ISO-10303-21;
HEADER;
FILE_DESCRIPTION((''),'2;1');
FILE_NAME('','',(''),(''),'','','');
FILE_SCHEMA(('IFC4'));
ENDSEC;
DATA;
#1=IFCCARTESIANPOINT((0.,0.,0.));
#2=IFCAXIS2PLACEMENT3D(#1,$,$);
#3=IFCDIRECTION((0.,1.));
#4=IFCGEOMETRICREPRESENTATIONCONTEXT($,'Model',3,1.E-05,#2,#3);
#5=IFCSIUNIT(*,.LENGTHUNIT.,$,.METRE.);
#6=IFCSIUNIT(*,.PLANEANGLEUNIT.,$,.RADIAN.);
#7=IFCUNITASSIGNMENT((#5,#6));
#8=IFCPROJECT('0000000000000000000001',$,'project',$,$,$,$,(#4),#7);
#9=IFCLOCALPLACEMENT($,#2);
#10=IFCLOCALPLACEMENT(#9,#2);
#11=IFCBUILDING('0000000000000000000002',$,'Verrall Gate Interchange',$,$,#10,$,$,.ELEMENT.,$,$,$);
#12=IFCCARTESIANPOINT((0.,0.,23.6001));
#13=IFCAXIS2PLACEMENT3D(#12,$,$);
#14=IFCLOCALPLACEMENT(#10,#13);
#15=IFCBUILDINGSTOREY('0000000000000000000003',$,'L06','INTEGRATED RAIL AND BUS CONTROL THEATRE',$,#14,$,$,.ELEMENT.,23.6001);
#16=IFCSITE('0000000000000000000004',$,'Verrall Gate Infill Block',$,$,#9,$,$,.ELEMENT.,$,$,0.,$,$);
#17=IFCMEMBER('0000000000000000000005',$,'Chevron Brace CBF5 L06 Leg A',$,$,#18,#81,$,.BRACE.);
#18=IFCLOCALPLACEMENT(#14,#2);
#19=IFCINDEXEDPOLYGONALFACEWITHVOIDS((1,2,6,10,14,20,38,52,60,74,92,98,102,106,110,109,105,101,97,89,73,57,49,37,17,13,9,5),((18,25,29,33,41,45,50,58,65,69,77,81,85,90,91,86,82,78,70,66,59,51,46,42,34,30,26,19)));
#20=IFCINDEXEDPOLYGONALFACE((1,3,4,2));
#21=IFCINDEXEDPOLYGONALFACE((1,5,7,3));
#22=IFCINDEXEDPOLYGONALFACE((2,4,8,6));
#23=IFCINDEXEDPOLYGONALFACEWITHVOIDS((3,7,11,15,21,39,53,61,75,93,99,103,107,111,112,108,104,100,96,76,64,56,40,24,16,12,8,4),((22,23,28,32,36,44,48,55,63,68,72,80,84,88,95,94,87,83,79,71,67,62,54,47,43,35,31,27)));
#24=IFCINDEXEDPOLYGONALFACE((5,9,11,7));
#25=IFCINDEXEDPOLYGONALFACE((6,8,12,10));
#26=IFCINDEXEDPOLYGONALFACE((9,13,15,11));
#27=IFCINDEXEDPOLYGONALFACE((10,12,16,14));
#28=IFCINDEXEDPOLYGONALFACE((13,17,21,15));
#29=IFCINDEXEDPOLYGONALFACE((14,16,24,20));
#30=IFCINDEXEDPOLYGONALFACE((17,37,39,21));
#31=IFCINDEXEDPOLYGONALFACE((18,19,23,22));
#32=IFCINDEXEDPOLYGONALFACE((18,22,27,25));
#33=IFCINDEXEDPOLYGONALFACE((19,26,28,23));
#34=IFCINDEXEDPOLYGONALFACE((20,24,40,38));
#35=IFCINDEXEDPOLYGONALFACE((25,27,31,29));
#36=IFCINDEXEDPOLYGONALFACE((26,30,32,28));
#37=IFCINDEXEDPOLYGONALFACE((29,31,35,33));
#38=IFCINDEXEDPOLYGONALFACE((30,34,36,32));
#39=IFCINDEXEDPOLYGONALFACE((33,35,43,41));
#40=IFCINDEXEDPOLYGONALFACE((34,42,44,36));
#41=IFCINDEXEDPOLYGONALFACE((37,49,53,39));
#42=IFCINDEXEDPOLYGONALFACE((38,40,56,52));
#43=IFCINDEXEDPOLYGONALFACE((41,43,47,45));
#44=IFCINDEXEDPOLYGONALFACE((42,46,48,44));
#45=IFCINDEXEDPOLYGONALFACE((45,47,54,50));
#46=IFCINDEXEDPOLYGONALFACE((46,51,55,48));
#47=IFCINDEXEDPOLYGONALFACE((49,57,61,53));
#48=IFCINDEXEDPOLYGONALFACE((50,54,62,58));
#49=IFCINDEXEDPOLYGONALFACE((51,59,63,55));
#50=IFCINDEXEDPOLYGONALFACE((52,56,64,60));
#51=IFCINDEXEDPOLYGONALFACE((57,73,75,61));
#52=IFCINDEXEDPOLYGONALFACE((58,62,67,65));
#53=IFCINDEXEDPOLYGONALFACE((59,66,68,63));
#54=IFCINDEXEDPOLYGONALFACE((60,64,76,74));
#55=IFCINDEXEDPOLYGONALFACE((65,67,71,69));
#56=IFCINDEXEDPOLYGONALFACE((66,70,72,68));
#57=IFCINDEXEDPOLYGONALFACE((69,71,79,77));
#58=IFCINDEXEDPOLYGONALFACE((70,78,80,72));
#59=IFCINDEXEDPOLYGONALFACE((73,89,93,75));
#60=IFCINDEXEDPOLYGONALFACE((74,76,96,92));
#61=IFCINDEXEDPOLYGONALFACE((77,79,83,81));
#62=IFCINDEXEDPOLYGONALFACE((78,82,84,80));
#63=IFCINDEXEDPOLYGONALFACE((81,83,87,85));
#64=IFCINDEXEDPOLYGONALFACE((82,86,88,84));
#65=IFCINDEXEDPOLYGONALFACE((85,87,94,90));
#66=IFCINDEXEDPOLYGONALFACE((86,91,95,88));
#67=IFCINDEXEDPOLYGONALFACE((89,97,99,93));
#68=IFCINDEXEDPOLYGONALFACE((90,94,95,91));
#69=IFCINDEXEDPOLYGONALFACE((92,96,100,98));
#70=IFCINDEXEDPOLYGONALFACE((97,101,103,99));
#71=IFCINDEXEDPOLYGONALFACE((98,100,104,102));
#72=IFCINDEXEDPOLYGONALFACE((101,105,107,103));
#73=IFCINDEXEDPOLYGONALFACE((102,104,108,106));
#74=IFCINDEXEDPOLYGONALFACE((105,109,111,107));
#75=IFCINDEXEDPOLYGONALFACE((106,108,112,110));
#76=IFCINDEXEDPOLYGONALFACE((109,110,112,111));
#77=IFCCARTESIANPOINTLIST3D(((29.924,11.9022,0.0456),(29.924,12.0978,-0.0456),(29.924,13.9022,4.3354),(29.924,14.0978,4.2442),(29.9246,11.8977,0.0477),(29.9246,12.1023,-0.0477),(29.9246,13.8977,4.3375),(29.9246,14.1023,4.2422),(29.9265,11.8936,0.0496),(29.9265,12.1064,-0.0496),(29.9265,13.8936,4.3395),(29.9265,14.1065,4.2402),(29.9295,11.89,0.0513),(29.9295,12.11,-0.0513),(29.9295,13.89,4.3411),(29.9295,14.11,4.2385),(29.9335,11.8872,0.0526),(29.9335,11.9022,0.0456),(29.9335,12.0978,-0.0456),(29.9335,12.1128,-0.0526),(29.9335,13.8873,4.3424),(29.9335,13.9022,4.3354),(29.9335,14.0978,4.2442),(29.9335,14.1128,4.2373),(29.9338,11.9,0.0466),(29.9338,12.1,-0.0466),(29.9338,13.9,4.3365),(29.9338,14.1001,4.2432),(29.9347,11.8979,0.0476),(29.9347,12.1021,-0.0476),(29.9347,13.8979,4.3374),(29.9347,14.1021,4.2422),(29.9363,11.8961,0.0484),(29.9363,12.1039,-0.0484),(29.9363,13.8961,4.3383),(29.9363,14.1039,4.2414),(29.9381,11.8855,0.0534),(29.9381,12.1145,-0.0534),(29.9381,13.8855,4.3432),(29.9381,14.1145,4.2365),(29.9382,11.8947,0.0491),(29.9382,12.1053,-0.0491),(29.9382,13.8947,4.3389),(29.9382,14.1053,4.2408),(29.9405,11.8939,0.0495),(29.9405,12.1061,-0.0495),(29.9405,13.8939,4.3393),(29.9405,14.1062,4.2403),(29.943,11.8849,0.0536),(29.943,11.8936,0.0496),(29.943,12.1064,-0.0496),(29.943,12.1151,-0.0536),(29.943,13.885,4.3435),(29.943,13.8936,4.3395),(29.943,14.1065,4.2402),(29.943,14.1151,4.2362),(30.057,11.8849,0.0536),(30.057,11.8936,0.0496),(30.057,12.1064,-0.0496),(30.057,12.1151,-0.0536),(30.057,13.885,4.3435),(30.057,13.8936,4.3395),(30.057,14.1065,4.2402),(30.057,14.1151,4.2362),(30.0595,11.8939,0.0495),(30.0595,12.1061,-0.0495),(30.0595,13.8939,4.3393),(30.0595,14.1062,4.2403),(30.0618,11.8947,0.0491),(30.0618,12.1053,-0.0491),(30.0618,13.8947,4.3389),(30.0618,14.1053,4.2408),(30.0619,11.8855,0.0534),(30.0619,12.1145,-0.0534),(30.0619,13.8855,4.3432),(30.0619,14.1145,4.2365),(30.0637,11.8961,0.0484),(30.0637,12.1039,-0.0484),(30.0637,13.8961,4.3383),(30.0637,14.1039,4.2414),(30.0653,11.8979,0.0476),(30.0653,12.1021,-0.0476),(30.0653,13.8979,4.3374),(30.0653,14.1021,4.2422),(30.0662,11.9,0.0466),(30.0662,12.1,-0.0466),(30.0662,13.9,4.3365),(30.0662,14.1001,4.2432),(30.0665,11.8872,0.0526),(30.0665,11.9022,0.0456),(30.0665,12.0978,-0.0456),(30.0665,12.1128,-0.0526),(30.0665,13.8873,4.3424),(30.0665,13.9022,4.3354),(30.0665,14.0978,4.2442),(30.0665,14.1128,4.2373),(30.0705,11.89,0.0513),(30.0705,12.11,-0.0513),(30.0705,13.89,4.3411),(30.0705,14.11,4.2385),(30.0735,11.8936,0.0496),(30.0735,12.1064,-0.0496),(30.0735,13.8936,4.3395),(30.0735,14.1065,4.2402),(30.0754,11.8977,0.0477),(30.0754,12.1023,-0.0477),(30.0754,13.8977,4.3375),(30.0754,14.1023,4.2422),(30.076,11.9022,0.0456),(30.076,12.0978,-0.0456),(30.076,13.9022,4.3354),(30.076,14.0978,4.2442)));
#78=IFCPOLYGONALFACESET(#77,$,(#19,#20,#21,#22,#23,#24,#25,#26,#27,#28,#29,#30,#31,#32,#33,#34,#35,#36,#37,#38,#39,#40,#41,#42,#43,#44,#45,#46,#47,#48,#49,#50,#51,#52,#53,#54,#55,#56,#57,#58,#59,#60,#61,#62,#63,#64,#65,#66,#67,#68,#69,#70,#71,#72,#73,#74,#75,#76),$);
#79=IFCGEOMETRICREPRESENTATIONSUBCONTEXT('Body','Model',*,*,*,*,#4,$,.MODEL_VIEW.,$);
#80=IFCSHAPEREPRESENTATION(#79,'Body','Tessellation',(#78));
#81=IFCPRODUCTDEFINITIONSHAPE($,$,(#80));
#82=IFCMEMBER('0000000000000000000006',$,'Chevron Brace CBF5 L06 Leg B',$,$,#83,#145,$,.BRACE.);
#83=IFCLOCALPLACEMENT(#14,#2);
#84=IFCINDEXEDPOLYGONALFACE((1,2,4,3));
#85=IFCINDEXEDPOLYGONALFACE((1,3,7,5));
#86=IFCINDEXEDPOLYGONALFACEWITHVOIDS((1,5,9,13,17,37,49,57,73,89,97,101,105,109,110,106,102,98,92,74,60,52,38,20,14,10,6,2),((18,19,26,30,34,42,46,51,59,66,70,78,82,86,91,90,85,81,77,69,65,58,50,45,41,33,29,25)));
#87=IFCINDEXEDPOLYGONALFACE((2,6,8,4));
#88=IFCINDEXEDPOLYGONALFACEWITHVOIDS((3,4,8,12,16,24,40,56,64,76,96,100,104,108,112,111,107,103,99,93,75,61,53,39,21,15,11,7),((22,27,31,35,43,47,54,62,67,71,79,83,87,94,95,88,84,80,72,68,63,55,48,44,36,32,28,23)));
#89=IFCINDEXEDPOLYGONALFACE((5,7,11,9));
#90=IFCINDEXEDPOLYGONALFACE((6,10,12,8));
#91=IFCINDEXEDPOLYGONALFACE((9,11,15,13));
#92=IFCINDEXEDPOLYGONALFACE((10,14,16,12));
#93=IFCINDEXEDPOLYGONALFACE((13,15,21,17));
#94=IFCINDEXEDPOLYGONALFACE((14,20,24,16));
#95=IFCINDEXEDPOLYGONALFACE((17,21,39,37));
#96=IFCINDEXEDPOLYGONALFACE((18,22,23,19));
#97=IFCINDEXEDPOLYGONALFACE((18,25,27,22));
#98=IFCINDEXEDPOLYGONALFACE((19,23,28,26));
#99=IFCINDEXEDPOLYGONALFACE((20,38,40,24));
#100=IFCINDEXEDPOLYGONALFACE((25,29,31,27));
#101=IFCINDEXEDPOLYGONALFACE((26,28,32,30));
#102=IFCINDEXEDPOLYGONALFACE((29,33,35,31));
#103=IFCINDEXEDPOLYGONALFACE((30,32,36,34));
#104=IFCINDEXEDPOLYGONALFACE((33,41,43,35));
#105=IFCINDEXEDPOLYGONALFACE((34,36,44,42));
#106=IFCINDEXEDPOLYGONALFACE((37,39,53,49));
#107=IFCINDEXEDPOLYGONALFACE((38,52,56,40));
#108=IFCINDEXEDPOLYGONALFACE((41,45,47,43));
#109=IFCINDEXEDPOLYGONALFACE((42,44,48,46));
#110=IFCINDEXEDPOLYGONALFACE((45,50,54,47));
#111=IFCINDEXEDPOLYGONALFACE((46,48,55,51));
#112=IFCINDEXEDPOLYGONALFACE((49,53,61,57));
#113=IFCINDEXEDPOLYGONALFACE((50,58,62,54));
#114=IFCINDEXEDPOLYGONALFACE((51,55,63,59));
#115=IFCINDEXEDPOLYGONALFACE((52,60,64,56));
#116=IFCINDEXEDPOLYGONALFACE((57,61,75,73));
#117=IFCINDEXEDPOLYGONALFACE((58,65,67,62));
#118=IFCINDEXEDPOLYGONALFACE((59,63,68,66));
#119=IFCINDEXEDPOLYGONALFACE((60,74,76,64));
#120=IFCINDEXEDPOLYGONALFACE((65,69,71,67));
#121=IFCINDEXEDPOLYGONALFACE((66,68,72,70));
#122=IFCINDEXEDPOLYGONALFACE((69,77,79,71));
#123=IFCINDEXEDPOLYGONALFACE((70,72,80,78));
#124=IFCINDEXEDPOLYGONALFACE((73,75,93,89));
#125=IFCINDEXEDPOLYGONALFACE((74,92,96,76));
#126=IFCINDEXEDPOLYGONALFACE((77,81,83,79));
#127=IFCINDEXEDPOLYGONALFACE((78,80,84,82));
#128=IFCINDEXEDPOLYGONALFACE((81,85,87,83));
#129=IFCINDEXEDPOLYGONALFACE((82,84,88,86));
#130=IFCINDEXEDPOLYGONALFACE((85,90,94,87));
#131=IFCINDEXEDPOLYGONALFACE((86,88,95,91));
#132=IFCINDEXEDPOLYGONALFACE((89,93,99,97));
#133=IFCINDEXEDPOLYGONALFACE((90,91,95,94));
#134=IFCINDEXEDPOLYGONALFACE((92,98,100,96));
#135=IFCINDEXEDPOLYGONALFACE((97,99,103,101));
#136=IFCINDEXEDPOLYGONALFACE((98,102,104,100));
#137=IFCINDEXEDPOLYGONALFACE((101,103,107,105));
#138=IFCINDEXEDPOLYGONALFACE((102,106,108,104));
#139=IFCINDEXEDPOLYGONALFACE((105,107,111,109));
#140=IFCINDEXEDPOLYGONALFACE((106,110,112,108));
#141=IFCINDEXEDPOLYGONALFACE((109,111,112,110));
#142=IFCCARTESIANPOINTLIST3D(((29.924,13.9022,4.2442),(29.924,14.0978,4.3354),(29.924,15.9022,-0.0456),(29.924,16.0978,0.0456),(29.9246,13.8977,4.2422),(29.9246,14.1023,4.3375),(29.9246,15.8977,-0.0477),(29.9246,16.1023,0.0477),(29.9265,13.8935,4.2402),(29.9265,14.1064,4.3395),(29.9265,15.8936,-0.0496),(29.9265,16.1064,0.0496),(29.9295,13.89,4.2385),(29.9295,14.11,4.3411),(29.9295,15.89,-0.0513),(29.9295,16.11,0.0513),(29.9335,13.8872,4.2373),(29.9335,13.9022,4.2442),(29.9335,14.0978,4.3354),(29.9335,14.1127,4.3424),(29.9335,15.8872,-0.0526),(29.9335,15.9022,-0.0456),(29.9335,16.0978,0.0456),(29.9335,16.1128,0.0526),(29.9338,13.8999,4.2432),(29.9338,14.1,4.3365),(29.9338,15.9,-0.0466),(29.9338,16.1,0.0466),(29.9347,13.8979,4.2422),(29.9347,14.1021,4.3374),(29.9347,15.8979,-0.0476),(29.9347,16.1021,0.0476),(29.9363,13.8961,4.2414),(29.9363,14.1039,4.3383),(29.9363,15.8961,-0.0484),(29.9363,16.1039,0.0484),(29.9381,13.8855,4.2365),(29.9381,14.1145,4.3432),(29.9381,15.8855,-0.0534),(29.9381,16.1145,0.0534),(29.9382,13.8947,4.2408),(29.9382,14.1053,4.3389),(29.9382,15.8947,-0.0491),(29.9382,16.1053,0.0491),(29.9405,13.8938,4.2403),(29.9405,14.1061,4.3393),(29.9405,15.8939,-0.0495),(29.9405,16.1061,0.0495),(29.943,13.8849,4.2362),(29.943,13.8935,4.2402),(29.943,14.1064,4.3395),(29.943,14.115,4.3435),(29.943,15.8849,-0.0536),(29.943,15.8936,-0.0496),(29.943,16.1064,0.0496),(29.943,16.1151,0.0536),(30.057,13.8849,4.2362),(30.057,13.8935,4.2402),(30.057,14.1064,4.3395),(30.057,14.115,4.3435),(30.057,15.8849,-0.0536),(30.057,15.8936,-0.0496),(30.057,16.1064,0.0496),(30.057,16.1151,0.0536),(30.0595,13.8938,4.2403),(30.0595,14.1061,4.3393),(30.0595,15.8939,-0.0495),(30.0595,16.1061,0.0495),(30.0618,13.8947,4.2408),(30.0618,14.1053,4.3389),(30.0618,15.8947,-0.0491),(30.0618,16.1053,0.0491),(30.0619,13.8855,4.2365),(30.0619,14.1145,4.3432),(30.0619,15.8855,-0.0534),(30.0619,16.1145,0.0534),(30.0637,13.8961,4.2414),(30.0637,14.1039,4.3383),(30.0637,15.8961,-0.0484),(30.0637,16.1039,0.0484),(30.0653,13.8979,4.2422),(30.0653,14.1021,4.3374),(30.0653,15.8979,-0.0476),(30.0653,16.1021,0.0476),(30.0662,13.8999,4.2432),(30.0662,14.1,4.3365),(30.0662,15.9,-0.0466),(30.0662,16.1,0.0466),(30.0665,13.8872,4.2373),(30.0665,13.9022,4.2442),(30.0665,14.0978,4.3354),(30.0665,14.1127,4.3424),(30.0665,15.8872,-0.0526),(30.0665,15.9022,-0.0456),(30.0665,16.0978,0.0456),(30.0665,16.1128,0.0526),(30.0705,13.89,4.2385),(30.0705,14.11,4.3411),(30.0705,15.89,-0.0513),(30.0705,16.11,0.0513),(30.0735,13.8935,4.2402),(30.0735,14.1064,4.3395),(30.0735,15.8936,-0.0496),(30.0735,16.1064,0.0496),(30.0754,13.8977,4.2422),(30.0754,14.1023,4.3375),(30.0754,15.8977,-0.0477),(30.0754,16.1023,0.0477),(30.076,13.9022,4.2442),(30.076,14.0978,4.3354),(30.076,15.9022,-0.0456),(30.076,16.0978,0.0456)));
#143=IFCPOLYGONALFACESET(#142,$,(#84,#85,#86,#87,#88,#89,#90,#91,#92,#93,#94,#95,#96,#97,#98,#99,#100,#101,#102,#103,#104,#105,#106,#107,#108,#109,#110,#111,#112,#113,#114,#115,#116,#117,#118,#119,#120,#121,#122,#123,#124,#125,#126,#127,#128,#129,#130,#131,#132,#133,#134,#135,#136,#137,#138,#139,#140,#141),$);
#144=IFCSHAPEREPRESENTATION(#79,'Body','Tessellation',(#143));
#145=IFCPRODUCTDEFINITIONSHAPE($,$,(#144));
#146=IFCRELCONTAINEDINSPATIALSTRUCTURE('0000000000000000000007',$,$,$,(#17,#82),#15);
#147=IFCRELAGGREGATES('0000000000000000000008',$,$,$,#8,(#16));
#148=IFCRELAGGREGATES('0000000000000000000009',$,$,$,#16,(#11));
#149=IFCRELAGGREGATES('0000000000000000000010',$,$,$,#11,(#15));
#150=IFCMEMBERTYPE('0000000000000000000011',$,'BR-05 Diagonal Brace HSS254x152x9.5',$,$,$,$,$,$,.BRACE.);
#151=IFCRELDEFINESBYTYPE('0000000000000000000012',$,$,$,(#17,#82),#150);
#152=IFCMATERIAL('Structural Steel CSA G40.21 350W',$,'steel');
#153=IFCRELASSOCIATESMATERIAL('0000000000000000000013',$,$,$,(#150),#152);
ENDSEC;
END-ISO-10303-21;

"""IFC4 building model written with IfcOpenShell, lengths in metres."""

from ifc_helpers import new_model, si_unit, direction, frame, origin, origin_2d, place, context, subcontext, project, spatial, hollow_rectangle, extrude, material, material_profile, profile_set, type_object, element, save


model = new_model("IFC4")

# Units and contexts
model_context = context("Model", 3, precision=1e-05, world=origin(), true_north=direction((0.0, 1.0)))
body_context = subcontext(model_context, "Body", "Model", "MODEL_VIEW")
ifc_project = project(units=[si_unit("LENGTHUNIT", "METRE"), si_unit("PLANEANGLEUNIT", "RADIAN")], contexts=[model_context])

# Site, building, storey
site_placement = place(None, origin())
site = spatial("IfcSite", under=ifc_project, at=site_placement, Name="Verrall Gate Infill Block", CompositionType="ELEMENT", RefElevation=0.0)
building_placement = place(site_placement, origin())
building = spatial("IfcBuilding", under=site, at=building_placement, Name="Verrall Gate Interchange", CompositionType="ELEMENT")
storey_placement = place(building_placement, frame((0.0, 0.0, 23.6001)))
storey = spatial("IfcBuildingStorey", under=building, at=storey_placement, Name="L06", Description="INTEGRATED RAIL AND BUS CONTROL THEATRE", CompositionType="ELEMENT", Elevation=23.6001)

# Members
ifc_material_1 = material(Name="Structural Steel CSA G40.21 350W", Category="steel")
ifc_material_profile_1 = material_profile(ifc_material_1, hollow_rectangle(XDim=0.1521, YDim=0.2539, WallThickness=0.0095, InnerFilletRadius=0.0095, OuterFilletRadius=0.019, at=origin_2d()), Name="HSS254x152x9.5")
ifc_profile_set_1 = profile_set([ifc_material_profile_1], Name="Structural Steel CSA G40.21 350W")
member_type_1 = type_object("IfcMemberType", Name="BR-05 Diagonal Brace HSS254x152x9.5", PredefinedType="BRACE", material=ifc_profile_set_1)
for number, where, z_axis, x_axis, name in (
    (1, (30.0, 12.0, 0.0), (0.0, 0.422555, 0.906337), (-1.0, 0.0, 0.0), "Chevron Brace CBF5 L06 Leg A"),
    (2, (30.0, 16.0, 0.0), (0.0, -0.422555, 0.906337), (1.0, 0.0, 0.0), "Chevron Brace CBF5 L06 Leg B"),
):
    element("IfcMember", number, at=place(storey_placement, frame(where, z_axis=z_axis, x_axis=x_axis)), inside=storey, type_object=member_type_1, Name=name, PredefinedType="BRACE", context=body_context, shape_type="SweptSolid", body=[
        extrude(hollow_rectangle(XDim=0.1521, YDim=0.2539, WallThickness=0.0095, InnerFilletRadius=0.0095, OuterFilletRadius=0.019, at=origin_2d()), origin(), (0.0, 0.0, 1.0), 4.7332),
    ])

save(model, "model.ifc")
